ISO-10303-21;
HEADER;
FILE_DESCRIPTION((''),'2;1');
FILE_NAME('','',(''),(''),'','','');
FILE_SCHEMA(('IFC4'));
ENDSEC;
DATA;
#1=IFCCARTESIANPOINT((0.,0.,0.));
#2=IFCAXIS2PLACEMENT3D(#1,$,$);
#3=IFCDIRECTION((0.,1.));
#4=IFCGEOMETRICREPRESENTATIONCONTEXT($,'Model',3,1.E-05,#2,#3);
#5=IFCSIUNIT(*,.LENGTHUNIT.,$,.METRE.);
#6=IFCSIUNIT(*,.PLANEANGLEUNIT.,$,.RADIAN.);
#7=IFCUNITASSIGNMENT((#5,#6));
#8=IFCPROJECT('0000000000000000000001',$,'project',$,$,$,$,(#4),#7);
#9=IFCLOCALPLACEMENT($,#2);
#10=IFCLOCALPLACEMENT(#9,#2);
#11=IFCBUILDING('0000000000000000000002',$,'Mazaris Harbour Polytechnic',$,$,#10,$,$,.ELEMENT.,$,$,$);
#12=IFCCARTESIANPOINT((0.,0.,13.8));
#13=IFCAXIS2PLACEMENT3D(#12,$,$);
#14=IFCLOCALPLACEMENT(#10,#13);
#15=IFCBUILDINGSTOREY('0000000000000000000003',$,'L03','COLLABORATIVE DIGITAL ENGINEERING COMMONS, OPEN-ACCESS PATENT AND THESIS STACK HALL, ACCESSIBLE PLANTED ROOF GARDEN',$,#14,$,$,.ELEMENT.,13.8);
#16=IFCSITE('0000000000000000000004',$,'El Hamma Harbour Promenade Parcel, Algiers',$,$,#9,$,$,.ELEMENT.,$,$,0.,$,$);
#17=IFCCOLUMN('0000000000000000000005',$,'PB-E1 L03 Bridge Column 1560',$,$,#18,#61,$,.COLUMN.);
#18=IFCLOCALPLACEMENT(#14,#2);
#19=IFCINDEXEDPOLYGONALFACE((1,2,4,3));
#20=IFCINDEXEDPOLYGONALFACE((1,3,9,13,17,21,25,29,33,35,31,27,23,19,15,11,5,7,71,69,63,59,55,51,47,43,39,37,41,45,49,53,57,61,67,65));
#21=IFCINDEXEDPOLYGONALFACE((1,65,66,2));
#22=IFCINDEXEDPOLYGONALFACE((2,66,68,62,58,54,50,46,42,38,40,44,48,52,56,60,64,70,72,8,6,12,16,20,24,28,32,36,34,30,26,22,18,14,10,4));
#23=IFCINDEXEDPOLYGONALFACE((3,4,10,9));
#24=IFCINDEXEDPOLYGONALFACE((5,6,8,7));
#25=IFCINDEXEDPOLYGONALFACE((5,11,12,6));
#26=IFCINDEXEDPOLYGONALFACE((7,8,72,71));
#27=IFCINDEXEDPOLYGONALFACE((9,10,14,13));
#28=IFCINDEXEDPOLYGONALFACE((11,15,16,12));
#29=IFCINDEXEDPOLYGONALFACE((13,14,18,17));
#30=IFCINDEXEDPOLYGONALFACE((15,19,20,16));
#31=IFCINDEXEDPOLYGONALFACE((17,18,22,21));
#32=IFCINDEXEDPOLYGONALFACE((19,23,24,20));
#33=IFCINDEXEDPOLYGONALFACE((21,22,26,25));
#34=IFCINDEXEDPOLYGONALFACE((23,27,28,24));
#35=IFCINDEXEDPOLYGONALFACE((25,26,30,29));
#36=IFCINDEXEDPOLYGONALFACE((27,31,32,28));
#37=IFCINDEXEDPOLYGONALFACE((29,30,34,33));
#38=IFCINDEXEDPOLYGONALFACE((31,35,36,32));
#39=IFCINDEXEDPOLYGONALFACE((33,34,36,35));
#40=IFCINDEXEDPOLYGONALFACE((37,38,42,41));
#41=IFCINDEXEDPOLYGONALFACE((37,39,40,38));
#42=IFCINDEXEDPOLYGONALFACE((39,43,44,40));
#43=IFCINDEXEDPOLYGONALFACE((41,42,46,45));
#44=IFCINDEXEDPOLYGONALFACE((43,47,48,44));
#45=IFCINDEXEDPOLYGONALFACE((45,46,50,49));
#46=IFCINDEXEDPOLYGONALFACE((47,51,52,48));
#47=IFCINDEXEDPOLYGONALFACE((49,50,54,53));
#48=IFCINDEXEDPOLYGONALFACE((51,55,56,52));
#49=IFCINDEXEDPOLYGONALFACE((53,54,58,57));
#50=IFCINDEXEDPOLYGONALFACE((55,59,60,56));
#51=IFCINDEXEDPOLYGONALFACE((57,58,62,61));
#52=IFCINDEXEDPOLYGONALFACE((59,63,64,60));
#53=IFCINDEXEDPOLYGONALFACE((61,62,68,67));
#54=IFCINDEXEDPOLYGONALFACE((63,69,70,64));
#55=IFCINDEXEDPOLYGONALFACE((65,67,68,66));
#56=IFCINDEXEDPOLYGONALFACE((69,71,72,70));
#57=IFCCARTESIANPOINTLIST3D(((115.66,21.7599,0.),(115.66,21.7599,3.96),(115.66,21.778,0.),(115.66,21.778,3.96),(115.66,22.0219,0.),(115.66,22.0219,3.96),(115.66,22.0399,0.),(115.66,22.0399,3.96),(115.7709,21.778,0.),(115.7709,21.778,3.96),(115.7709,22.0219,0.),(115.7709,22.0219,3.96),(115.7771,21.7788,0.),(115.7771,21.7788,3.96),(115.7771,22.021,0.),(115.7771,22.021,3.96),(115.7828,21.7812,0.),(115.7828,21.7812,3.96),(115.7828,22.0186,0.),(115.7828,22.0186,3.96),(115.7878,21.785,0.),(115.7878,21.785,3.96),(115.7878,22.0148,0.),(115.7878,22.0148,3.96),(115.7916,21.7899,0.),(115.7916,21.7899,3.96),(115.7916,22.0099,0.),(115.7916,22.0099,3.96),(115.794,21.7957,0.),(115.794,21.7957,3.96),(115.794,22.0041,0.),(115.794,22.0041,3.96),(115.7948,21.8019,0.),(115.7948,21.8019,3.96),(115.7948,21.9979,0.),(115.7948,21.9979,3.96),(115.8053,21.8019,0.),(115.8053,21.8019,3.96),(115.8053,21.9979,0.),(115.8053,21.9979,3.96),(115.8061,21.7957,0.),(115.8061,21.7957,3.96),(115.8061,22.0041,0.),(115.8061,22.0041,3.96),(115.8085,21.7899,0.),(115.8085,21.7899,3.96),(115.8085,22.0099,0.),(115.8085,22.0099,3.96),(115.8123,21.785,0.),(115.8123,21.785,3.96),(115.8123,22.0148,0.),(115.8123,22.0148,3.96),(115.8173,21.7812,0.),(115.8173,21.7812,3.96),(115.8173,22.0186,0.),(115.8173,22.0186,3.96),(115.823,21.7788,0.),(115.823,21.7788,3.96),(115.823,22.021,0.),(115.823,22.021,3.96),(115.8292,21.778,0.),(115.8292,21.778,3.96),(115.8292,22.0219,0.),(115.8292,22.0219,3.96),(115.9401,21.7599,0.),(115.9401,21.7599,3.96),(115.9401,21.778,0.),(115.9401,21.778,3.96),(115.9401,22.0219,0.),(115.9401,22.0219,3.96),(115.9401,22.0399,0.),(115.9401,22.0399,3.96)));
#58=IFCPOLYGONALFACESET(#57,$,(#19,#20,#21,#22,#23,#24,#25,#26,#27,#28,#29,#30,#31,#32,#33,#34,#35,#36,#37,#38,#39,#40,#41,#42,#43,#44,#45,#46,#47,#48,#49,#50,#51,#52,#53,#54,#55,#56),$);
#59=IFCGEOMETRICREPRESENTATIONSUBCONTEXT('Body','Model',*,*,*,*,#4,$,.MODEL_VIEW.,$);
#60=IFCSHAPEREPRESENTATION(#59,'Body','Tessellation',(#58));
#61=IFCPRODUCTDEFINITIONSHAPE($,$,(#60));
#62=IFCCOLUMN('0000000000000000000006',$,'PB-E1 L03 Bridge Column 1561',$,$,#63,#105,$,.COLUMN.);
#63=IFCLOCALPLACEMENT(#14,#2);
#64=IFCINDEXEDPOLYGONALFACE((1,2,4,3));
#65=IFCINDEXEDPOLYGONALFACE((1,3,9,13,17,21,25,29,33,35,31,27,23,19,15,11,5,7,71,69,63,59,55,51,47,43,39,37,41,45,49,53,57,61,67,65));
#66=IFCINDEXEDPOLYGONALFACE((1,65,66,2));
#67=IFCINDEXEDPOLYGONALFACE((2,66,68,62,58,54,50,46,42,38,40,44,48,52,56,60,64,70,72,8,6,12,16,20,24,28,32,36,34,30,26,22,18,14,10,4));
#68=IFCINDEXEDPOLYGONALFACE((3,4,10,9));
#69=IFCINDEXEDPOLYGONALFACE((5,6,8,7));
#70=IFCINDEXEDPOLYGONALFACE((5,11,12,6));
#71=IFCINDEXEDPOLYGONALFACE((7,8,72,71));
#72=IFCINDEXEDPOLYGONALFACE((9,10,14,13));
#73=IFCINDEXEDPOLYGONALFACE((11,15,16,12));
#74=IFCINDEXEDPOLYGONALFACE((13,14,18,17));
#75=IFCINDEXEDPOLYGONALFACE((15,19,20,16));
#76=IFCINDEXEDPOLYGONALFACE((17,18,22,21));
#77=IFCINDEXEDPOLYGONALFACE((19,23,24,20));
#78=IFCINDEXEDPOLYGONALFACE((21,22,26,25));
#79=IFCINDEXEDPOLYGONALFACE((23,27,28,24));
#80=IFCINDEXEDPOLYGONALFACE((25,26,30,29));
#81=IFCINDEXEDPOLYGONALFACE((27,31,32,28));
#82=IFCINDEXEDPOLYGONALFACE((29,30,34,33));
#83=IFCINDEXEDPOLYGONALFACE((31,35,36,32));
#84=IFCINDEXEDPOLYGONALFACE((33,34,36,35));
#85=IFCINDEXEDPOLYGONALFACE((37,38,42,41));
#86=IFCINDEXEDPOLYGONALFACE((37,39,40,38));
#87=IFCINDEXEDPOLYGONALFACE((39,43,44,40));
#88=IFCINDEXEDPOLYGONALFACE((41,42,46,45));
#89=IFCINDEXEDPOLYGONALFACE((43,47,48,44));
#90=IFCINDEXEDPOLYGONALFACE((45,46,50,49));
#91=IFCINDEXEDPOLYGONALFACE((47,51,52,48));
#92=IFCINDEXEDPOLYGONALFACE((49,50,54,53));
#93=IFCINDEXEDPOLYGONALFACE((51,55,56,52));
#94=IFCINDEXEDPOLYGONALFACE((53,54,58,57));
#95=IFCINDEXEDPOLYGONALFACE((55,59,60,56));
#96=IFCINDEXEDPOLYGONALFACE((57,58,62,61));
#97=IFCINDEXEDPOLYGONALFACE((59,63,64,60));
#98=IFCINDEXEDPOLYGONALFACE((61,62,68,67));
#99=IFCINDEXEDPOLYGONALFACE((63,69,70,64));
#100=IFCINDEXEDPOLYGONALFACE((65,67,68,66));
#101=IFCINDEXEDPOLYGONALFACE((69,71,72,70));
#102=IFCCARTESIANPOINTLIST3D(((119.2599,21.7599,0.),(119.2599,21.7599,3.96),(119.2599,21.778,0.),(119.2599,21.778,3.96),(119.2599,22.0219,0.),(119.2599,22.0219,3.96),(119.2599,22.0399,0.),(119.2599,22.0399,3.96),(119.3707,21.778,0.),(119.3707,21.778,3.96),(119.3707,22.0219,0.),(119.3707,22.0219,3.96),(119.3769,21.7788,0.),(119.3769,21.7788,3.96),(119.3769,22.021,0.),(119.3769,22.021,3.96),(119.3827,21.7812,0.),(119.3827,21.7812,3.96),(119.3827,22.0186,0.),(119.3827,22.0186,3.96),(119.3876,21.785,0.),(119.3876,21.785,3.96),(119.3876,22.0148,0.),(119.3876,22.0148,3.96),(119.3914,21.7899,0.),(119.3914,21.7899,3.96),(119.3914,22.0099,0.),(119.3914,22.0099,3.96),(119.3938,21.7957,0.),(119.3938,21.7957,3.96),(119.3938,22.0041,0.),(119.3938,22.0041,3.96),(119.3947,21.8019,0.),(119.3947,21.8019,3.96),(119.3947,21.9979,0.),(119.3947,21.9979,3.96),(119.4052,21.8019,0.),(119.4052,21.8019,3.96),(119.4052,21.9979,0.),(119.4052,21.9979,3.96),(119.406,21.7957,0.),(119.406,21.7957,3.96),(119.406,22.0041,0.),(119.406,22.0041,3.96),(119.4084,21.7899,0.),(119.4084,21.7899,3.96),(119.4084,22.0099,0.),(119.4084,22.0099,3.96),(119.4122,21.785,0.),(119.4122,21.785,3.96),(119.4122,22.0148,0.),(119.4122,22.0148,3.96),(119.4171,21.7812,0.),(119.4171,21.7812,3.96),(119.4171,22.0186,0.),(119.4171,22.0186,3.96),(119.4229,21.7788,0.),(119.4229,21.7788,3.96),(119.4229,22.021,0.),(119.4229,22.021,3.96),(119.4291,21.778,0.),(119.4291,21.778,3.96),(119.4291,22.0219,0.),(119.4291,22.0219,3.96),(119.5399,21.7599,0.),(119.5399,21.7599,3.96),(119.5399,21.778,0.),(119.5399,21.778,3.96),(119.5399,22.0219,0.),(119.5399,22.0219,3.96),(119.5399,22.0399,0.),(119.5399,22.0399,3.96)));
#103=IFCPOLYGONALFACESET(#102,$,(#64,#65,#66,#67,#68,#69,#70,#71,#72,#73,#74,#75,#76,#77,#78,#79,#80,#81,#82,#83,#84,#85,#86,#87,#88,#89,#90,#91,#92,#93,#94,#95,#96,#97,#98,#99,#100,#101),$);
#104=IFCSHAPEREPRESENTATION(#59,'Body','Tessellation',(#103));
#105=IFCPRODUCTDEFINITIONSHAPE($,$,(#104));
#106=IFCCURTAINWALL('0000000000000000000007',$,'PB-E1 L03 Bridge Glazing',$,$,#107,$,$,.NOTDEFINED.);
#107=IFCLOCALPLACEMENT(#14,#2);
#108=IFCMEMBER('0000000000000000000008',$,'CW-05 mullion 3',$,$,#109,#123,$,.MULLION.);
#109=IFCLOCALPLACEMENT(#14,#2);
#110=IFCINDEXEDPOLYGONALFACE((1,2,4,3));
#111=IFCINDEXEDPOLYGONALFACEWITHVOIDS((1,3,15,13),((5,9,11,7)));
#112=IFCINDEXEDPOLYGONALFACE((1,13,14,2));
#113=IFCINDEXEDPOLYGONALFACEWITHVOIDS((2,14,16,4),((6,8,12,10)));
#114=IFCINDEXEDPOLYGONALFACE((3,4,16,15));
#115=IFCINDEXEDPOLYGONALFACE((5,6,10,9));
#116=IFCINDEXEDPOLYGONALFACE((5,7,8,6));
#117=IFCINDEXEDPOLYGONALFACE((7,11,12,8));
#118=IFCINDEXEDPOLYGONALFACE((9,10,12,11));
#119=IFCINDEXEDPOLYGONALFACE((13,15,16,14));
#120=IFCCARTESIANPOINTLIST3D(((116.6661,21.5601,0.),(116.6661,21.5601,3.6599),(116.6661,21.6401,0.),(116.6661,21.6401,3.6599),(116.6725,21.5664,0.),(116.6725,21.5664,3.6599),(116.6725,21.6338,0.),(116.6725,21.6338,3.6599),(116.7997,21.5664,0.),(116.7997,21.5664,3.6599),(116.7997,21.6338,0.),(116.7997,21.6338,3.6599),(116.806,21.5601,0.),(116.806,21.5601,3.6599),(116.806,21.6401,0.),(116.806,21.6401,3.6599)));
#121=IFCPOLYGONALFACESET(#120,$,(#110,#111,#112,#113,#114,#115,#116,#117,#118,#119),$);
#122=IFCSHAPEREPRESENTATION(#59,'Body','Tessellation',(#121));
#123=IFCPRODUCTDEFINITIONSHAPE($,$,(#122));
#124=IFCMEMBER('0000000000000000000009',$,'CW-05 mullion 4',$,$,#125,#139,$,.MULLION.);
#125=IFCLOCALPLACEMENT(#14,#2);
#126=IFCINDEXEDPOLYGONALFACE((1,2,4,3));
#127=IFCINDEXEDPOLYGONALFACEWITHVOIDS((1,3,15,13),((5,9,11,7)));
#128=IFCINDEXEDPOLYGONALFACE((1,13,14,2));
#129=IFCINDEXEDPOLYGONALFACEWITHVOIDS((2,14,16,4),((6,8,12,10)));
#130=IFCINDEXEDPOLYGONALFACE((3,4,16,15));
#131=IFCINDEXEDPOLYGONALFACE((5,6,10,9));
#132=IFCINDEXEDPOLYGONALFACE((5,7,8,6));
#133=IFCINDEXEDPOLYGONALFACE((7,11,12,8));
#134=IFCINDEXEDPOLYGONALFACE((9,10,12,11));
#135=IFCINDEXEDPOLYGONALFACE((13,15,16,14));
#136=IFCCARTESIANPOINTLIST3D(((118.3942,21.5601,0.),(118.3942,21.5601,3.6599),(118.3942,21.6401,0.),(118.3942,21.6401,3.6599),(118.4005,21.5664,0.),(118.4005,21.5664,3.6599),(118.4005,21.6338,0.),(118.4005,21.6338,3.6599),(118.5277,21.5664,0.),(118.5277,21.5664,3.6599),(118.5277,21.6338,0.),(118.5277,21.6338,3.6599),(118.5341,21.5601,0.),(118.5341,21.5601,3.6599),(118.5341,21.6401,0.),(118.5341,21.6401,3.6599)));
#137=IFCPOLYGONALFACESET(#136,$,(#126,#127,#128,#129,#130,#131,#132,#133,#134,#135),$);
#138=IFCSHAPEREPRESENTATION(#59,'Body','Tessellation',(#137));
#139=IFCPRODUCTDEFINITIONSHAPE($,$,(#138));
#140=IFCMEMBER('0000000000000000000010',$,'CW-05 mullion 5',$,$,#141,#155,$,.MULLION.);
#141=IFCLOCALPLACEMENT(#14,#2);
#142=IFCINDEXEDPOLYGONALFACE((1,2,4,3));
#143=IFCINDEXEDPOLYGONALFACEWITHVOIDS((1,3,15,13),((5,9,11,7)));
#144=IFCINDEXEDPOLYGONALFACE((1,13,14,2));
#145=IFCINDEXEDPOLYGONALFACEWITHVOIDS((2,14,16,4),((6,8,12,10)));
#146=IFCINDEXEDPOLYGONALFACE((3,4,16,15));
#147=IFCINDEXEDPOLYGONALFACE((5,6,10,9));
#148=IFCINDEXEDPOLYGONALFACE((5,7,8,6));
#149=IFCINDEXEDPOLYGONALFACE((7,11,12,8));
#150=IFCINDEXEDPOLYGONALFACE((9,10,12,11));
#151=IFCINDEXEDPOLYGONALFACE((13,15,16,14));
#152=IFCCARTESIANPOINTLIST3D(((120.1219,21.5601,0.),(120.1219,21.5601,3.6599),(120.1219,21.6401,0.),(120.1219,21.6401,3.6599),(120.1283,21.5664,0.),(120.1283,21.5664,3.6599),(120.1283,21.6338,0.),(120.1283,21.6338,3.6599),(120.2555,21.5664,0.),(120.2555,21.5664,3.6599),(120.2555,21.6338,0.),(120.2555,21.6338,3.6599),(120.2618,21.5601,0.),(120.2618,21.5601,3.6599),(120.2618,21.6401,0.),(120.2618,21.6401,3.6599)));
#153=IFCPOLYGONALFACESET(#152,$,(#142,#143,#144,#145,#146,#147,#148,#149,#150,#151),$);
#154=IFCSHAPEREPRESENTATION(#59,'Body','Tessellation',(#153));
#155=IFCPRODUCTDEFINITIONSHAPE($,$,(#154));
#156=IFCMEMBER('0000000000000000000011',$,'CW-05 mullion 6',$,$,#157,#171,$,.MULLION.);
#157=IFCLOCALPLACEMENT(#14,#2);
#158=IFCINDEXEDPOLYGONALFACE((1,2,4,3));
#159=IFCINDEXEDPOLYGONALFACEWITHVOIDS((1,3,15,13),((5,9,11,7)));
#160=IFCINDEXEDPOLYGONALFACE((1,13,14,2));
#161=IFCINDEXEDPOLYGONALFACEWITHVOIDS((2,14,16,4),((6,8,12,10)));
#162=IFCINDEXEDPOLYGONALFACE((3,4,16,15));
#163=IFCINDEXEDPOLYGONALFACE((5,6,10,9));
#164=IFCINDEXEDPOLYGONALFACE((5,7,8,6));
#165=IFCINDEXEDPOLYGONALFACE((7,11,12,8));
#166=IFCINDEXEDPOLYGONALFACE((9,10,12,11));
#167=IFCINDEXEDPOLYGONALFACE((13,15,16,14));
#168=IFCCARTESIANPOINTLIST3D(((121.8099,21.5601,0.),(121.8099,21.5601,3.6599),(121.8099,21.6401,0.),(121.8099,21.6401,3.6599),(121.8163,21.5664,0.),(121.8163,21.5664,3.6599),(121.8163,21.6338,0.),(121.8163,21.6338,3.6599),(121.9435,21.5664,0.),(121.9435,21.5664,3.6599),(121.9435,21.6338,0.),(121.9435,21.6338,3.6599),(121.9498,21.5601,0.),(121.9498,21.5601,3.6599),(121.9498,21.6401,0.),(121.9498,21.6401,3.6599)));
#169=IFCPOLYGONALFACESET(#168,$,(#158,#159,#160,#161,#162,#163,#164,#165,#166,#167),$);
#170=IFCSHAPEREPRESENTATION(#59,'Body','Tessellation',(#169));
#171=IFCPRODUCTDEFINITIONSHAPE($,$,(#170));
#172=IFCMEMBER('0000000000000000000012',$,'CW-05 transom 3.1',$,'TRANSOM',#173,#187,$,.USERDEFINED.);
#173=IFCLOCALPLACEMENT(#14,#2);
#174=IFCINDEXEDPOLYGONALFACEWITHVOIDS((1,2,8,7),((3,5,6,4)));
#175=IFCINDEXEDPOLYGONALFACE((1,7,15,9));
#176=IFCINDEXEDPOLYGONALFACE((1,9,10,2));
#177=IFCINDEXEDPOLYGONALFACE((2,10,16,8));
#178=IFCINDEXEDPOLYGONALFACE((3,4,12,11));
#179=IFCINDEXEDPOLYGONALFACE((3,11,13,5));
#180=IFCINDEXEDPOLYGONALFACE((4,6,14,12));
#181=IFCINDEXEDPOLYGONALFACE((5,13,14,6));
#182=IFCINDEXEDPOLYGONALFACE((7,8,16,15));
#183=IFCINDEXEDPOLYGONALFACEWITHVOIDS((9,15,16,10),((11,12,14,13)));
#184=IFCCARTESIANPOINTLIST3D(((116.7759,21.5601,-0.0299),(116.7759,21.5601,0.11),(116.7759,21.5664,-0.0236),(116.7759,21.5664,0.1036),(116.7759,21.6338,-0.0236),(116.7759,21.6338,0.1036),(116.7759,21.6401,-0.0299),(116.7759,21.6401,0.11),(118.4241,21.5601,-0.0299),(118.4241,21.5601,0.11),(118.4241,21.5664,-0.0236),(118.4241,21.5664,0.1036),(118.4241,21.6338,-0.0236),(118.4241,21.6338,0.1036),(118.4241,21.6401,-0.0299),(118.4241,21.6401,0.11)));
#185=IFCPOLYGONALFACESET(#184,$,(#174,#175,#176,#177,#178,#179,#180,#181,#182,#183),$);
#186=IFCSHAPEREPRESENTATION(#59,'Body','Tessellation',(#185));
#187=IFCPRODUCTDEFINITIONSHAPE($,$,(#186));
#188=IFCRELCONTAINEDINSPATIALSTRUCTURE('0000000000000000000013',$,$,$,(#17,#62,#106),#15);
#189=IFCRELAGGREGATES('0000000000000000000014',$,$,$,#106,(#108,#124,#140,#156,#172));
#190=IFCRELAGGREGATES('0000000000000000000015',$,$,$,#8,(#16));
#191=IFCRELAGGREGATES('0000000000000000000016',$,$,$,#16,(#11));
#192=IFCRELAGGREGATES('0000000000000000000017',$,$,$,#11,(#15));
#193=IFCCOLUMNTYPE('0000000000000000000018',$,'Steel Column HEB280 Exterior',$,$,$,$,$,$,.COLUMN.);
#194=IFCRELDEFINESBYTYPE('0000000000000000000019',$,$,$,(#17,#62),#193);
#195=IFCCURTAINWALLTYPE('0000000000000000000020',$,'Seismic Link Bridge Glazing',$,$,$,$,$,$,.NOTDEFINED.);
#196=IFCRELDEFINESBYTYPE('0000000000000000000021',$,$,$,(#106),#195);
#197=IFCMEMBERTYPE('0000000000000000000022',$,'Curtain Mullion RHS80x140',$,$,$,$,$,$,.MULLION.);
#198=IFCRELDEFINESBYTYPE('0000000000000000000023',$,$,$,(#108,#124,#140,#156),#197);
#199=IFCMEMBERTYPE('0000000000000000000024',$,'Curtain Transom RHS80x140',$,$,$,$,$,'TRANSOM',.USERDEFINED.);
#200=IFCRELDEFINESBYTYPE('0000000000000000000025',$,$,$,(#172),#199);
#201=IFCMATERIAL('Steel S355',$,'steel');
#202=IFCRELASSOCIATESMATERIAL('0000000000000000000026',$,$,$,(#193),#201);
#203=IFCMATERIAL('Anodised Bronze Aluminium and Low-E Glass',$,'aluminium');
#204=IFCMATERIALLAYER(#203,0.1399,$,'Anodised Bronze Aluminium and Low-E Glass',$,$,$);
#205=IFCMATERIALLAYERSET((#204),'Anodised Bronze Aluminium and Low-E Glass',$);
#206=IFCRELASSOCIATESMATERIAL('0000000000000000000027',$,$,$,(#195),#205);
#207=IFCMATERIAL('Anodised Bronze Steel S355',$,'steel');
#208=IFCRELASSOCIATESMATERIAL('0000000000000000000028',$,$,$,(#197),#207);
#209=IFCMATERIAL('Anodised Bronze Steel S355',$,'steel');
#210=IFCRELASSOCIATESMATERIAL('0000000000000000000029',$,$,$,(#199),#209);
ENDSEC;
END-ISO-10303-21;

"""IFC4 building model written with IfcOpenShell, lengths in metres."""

from ifc_helpers import new_model, si_unit, direction, frame, origin, origin_2d, place, context, subcontext, project, spatial, hollow_rectangle, i_section, extrude, material, layer, layer_set, material_profile, profile_set, type_object, element, aggregate, save


model = new_model("IFC4")

# Units and contexts
model_context = context("Model", 3, precision=1e-05, world=origin(), true_north=direction((0.0, 1.0)))
body_context = subcontext(model_context, "Body", "Model", "MODEL_VIEW")
ifc_project = project(units=[si_unit("LENGTHUNIT", "METRE"), si_unit("PLANEANGLEUNIT", "RADIAN")], contexts=[model_context])

# Site, building, storey
site_placement = place(None, origin())
site = spatial("IfcSite", under=ifc_project, at=site_placement, Name="El Hamma Harbour Promenade Parcel, Algiers", CompositionType="ELEMENT", RefElevation=0.0)
building_placement = place(site_placement, origin())
building = spatial("IfcBuilding", under=site, at=building_placement, Name="Mazaris Harbour Polytechnic", CompositionType="ELEMENT")
storey_placement = place(building_placement, frame((0.0, 0.0, 13.8)))
storey = spatial("IfcBuildingStorey", under=building, at=storey_placement, Name="L03", Description="COLLABORATIVE DIGITAL ENGINEERING COMMONS, OPEN-ACCESS PATENT AND THESIS STACK HALL, ACCESSIBLE PLANTED ROOF GARDEN", CompositionType="ELEMENT", Elevation=13.8)

# Columns
ifc_material_1 = material(Name="Steel S355", Category="steel")
ifc_material_profile_1 = material_profile(ifc_material_1, i_section(OverallWidth=0.28, OverallDepth=0.28, WebThickness=0.0105, FlangeThickness=0.0181, FilletRadius=0.0239, at=origin_2d()), Name="HEB 280")
ifc_profile_set_1 = profile_set([ifc_material_profile_1], Name="Steel S355")
column_type = type_object("IfcColumnType", Name="Steel Column HEB280 Exterior", PredefinedType="COLUMN", material=ifc_profile_set_1)
for number, where, z_axis, x_axis, name in (
    (1, (115.8, 21.8999, 0.0), (0.0, 0.0, 1.0), (1.0, 0.0, 0.0), "PB-E1 L03 Bridge Column 1560"),
    (2, (119.3999, 21.8999, 0.0), (0.0, 0.0, 1.0), (1.0, 0.0, 0.0), "PB-E1 L03 Bridge Column 1561"),
):
    element("IfcColumn", number, at=place(storey_placement, frame(where, z_axis=z_axis, x_axis=x_axis)), inside=storey, type_object=column_type, Name=name, PredefinedType="COLUMN", context=body_context, shape_type="SweptSolid", body=[
        extrude(i_section(OverallWidth=0.28, OverallDepth=0.28, WebThickness=0.0105, FlangeThickness=0.0181, FilletRadius=0.0239, at=origin_2d()), origin(), (0.0, 0.0, 1.0), 3.96),
    ])

# Curtain wall, members
ifc_material_2 = material(Name="Anodised Bronze Aluminium and Low-E Glass", Category="aluminium")
ifc_layer_1 = layer(ifc_material_2, 0.1399, Name="Anodised Bronze Aluminium and Low-E Glass")
ifc_layer_set_1 = layer_set([ifc_layer_1], Name="Anodised Bronze Aluminium and Low-E Glass")
curtain_wall_type = type_object("IfcCurtainWallType", Name="Seismic Link Bridge Glazing", PredefinedType="NOTDEFINED", material=ifc_layer_set_1)
curtain_wall_placement = place(storey_placement, origin())
curtain_wall = element("IfcCurtainWall", 3, at=curtain_wall_placement, inside=storey, type_object=curtain_wall_type, Name="PB-E1 L03 Bridge Glazing", PredefinedType="NOTDEFINED")
ifc_material_3 = material(Name="Anodised Bronze Steel S355", Category="steel")
ifc_material_profile_2 = material_profile(ifc_material_3, hollow_rectangle(XDim=0.0801, YDim=0.1399, WallThickness=0.0063, at=origin_2d()), Name="RHS 80x140x6.3")
ifc_profile_set_2 = profile_set([ifc_material_profile_2], Name="Anodised Bronze Steel S355")
member_type_1 = type_object("IfcMemberType", Name="Curtain Mullion RHS80x140", PredefinedType="MULLION", material=ifc_profile_set_2)
member_1_placement = place(storey_placement, frame((116.7361, 21.6001, 0.0), z_axis=(0.0, 0.0, 1.0), x_axis=(0.0, 1.0, 0.0)))
member_1 = element("IfcMember", 4, at=member_1_placement, type_object=member_type_1, Name="CW-05 mullion 3", PredefinedType="MULLION", context=body_context, shape_type="SweptSolid", body=[
    extrude(hollow_rectangle(XDim=0.0801, YDim=0.1399, WallThickness=0.0063, at=origin_2d()), origin(), (0.0, 0.0, 1.0), 3.6599),
])
member_2_placement = place(storey_placement, frame((118.4641, 21.6001, 0.0), z_axis=(0.0, 0.0, 1.0), x_axis=(0.0, 1.0, 0.0)))
member_2 = element("IfcMember", 5, at=member_2_placement, type_object=member_type_1, Name="CW-05 mullion 4", PredefinedType="MULLION", context=body_context, shape_type="SweptSolid", body=[
    extrude(hollow_rectangle(XDim=0.0801, YDim=0.1399, WallThickness=0.0063, at=origin_2d()), origin(), (0.0, 0.0, 1.0), 3.6599),
])
member_3_placement = place(storey_placement, frame((120.1919, 21.6001, 0.0), z_axis=(0.0, 0.0, 1.0), x_axis=(0.0, 1.0, 0.0)))
member_3 = element("IfcMember", 6, at=member_3_placement, type_object=member_type_1, Name="CW-05 mullion 5", PredefinedType="MULLION", context=body_context, shape_type="SweptSolid", body=[
    extrude(hollow_rectangle(XDim=0.0801, YDim=0.1399, WallThickness=0.0063, at=origin_2d()), origin(), (0.0, 0.0, 1.0), 3.6599),
])
member_4_placement = place(storey_placement, frame((121.8799, 21.6001, 0.0), z_axis=(0.0, 0.0, 1.0), x_axis=(0.0, 1.0, 0.0)))
member_4 = element("IfcMember", 7, at=member_4_placement, type_object=member_type_1, Name="CW-05 mullion 6", PredefinedType="MULLION", context=body_context, shape_type="SweptSolid", body=[
    extrude(hollow_rectangle(XDim=0.0801, YDim=0.1399, WallThickness=0.0063, at=origin_2d()), origin(), (0.0, 0.0, 1.0), 3.6599),
])
ifc_material_4 = material(Name="Anodised Bronze Steel S355", Category="steel")
ifc_material_profile_3 = material_profile(ifc_material_4, hollow_rectangle(XDim=0.0801, YDim=0.1399, WallThickness=0.0063, at=origin_2d()), Name="RHS 80x140x6.3")
ifc_profile_set_3 = profile_set([ifc_material_profile_3], Name="Anodised Bronze Steel S355")
member_type_2 = type_object("IfcMemberType", Name="Curtain Transom RHS80x140", ElementType="TRANSOM", PredefinedType="USERDEFINED", material=ifc_profile_set_3)
member_5_placement = place(storey_placement, frame((116.7759, 21.6001, 0.04), z_axis=(1.0, 0.0, 0.0), x_axis=(0.0, 1.0, 0.0)))
member_5 = element("IfcMember", 8, at=member_5_placement, type_object=member_type_2, Name="CW-05 transom 3.1", ObjectType="TRANSOM", PredefinedType="USERDEFINED", context=body_context, shape_type="SweptSolid", body=[
    extrude(hollow_rectangle(XDim=0.0801, YDim=0.1399, WallThickness=0.0063, at=origin_2d()), origin(), (0.0, 0.0, 1.0), 1.6482),
])

aggregate(curtain_wall, [member_1, member_2, member_3, member_4, member_5])

save(model, "model.ifc")
